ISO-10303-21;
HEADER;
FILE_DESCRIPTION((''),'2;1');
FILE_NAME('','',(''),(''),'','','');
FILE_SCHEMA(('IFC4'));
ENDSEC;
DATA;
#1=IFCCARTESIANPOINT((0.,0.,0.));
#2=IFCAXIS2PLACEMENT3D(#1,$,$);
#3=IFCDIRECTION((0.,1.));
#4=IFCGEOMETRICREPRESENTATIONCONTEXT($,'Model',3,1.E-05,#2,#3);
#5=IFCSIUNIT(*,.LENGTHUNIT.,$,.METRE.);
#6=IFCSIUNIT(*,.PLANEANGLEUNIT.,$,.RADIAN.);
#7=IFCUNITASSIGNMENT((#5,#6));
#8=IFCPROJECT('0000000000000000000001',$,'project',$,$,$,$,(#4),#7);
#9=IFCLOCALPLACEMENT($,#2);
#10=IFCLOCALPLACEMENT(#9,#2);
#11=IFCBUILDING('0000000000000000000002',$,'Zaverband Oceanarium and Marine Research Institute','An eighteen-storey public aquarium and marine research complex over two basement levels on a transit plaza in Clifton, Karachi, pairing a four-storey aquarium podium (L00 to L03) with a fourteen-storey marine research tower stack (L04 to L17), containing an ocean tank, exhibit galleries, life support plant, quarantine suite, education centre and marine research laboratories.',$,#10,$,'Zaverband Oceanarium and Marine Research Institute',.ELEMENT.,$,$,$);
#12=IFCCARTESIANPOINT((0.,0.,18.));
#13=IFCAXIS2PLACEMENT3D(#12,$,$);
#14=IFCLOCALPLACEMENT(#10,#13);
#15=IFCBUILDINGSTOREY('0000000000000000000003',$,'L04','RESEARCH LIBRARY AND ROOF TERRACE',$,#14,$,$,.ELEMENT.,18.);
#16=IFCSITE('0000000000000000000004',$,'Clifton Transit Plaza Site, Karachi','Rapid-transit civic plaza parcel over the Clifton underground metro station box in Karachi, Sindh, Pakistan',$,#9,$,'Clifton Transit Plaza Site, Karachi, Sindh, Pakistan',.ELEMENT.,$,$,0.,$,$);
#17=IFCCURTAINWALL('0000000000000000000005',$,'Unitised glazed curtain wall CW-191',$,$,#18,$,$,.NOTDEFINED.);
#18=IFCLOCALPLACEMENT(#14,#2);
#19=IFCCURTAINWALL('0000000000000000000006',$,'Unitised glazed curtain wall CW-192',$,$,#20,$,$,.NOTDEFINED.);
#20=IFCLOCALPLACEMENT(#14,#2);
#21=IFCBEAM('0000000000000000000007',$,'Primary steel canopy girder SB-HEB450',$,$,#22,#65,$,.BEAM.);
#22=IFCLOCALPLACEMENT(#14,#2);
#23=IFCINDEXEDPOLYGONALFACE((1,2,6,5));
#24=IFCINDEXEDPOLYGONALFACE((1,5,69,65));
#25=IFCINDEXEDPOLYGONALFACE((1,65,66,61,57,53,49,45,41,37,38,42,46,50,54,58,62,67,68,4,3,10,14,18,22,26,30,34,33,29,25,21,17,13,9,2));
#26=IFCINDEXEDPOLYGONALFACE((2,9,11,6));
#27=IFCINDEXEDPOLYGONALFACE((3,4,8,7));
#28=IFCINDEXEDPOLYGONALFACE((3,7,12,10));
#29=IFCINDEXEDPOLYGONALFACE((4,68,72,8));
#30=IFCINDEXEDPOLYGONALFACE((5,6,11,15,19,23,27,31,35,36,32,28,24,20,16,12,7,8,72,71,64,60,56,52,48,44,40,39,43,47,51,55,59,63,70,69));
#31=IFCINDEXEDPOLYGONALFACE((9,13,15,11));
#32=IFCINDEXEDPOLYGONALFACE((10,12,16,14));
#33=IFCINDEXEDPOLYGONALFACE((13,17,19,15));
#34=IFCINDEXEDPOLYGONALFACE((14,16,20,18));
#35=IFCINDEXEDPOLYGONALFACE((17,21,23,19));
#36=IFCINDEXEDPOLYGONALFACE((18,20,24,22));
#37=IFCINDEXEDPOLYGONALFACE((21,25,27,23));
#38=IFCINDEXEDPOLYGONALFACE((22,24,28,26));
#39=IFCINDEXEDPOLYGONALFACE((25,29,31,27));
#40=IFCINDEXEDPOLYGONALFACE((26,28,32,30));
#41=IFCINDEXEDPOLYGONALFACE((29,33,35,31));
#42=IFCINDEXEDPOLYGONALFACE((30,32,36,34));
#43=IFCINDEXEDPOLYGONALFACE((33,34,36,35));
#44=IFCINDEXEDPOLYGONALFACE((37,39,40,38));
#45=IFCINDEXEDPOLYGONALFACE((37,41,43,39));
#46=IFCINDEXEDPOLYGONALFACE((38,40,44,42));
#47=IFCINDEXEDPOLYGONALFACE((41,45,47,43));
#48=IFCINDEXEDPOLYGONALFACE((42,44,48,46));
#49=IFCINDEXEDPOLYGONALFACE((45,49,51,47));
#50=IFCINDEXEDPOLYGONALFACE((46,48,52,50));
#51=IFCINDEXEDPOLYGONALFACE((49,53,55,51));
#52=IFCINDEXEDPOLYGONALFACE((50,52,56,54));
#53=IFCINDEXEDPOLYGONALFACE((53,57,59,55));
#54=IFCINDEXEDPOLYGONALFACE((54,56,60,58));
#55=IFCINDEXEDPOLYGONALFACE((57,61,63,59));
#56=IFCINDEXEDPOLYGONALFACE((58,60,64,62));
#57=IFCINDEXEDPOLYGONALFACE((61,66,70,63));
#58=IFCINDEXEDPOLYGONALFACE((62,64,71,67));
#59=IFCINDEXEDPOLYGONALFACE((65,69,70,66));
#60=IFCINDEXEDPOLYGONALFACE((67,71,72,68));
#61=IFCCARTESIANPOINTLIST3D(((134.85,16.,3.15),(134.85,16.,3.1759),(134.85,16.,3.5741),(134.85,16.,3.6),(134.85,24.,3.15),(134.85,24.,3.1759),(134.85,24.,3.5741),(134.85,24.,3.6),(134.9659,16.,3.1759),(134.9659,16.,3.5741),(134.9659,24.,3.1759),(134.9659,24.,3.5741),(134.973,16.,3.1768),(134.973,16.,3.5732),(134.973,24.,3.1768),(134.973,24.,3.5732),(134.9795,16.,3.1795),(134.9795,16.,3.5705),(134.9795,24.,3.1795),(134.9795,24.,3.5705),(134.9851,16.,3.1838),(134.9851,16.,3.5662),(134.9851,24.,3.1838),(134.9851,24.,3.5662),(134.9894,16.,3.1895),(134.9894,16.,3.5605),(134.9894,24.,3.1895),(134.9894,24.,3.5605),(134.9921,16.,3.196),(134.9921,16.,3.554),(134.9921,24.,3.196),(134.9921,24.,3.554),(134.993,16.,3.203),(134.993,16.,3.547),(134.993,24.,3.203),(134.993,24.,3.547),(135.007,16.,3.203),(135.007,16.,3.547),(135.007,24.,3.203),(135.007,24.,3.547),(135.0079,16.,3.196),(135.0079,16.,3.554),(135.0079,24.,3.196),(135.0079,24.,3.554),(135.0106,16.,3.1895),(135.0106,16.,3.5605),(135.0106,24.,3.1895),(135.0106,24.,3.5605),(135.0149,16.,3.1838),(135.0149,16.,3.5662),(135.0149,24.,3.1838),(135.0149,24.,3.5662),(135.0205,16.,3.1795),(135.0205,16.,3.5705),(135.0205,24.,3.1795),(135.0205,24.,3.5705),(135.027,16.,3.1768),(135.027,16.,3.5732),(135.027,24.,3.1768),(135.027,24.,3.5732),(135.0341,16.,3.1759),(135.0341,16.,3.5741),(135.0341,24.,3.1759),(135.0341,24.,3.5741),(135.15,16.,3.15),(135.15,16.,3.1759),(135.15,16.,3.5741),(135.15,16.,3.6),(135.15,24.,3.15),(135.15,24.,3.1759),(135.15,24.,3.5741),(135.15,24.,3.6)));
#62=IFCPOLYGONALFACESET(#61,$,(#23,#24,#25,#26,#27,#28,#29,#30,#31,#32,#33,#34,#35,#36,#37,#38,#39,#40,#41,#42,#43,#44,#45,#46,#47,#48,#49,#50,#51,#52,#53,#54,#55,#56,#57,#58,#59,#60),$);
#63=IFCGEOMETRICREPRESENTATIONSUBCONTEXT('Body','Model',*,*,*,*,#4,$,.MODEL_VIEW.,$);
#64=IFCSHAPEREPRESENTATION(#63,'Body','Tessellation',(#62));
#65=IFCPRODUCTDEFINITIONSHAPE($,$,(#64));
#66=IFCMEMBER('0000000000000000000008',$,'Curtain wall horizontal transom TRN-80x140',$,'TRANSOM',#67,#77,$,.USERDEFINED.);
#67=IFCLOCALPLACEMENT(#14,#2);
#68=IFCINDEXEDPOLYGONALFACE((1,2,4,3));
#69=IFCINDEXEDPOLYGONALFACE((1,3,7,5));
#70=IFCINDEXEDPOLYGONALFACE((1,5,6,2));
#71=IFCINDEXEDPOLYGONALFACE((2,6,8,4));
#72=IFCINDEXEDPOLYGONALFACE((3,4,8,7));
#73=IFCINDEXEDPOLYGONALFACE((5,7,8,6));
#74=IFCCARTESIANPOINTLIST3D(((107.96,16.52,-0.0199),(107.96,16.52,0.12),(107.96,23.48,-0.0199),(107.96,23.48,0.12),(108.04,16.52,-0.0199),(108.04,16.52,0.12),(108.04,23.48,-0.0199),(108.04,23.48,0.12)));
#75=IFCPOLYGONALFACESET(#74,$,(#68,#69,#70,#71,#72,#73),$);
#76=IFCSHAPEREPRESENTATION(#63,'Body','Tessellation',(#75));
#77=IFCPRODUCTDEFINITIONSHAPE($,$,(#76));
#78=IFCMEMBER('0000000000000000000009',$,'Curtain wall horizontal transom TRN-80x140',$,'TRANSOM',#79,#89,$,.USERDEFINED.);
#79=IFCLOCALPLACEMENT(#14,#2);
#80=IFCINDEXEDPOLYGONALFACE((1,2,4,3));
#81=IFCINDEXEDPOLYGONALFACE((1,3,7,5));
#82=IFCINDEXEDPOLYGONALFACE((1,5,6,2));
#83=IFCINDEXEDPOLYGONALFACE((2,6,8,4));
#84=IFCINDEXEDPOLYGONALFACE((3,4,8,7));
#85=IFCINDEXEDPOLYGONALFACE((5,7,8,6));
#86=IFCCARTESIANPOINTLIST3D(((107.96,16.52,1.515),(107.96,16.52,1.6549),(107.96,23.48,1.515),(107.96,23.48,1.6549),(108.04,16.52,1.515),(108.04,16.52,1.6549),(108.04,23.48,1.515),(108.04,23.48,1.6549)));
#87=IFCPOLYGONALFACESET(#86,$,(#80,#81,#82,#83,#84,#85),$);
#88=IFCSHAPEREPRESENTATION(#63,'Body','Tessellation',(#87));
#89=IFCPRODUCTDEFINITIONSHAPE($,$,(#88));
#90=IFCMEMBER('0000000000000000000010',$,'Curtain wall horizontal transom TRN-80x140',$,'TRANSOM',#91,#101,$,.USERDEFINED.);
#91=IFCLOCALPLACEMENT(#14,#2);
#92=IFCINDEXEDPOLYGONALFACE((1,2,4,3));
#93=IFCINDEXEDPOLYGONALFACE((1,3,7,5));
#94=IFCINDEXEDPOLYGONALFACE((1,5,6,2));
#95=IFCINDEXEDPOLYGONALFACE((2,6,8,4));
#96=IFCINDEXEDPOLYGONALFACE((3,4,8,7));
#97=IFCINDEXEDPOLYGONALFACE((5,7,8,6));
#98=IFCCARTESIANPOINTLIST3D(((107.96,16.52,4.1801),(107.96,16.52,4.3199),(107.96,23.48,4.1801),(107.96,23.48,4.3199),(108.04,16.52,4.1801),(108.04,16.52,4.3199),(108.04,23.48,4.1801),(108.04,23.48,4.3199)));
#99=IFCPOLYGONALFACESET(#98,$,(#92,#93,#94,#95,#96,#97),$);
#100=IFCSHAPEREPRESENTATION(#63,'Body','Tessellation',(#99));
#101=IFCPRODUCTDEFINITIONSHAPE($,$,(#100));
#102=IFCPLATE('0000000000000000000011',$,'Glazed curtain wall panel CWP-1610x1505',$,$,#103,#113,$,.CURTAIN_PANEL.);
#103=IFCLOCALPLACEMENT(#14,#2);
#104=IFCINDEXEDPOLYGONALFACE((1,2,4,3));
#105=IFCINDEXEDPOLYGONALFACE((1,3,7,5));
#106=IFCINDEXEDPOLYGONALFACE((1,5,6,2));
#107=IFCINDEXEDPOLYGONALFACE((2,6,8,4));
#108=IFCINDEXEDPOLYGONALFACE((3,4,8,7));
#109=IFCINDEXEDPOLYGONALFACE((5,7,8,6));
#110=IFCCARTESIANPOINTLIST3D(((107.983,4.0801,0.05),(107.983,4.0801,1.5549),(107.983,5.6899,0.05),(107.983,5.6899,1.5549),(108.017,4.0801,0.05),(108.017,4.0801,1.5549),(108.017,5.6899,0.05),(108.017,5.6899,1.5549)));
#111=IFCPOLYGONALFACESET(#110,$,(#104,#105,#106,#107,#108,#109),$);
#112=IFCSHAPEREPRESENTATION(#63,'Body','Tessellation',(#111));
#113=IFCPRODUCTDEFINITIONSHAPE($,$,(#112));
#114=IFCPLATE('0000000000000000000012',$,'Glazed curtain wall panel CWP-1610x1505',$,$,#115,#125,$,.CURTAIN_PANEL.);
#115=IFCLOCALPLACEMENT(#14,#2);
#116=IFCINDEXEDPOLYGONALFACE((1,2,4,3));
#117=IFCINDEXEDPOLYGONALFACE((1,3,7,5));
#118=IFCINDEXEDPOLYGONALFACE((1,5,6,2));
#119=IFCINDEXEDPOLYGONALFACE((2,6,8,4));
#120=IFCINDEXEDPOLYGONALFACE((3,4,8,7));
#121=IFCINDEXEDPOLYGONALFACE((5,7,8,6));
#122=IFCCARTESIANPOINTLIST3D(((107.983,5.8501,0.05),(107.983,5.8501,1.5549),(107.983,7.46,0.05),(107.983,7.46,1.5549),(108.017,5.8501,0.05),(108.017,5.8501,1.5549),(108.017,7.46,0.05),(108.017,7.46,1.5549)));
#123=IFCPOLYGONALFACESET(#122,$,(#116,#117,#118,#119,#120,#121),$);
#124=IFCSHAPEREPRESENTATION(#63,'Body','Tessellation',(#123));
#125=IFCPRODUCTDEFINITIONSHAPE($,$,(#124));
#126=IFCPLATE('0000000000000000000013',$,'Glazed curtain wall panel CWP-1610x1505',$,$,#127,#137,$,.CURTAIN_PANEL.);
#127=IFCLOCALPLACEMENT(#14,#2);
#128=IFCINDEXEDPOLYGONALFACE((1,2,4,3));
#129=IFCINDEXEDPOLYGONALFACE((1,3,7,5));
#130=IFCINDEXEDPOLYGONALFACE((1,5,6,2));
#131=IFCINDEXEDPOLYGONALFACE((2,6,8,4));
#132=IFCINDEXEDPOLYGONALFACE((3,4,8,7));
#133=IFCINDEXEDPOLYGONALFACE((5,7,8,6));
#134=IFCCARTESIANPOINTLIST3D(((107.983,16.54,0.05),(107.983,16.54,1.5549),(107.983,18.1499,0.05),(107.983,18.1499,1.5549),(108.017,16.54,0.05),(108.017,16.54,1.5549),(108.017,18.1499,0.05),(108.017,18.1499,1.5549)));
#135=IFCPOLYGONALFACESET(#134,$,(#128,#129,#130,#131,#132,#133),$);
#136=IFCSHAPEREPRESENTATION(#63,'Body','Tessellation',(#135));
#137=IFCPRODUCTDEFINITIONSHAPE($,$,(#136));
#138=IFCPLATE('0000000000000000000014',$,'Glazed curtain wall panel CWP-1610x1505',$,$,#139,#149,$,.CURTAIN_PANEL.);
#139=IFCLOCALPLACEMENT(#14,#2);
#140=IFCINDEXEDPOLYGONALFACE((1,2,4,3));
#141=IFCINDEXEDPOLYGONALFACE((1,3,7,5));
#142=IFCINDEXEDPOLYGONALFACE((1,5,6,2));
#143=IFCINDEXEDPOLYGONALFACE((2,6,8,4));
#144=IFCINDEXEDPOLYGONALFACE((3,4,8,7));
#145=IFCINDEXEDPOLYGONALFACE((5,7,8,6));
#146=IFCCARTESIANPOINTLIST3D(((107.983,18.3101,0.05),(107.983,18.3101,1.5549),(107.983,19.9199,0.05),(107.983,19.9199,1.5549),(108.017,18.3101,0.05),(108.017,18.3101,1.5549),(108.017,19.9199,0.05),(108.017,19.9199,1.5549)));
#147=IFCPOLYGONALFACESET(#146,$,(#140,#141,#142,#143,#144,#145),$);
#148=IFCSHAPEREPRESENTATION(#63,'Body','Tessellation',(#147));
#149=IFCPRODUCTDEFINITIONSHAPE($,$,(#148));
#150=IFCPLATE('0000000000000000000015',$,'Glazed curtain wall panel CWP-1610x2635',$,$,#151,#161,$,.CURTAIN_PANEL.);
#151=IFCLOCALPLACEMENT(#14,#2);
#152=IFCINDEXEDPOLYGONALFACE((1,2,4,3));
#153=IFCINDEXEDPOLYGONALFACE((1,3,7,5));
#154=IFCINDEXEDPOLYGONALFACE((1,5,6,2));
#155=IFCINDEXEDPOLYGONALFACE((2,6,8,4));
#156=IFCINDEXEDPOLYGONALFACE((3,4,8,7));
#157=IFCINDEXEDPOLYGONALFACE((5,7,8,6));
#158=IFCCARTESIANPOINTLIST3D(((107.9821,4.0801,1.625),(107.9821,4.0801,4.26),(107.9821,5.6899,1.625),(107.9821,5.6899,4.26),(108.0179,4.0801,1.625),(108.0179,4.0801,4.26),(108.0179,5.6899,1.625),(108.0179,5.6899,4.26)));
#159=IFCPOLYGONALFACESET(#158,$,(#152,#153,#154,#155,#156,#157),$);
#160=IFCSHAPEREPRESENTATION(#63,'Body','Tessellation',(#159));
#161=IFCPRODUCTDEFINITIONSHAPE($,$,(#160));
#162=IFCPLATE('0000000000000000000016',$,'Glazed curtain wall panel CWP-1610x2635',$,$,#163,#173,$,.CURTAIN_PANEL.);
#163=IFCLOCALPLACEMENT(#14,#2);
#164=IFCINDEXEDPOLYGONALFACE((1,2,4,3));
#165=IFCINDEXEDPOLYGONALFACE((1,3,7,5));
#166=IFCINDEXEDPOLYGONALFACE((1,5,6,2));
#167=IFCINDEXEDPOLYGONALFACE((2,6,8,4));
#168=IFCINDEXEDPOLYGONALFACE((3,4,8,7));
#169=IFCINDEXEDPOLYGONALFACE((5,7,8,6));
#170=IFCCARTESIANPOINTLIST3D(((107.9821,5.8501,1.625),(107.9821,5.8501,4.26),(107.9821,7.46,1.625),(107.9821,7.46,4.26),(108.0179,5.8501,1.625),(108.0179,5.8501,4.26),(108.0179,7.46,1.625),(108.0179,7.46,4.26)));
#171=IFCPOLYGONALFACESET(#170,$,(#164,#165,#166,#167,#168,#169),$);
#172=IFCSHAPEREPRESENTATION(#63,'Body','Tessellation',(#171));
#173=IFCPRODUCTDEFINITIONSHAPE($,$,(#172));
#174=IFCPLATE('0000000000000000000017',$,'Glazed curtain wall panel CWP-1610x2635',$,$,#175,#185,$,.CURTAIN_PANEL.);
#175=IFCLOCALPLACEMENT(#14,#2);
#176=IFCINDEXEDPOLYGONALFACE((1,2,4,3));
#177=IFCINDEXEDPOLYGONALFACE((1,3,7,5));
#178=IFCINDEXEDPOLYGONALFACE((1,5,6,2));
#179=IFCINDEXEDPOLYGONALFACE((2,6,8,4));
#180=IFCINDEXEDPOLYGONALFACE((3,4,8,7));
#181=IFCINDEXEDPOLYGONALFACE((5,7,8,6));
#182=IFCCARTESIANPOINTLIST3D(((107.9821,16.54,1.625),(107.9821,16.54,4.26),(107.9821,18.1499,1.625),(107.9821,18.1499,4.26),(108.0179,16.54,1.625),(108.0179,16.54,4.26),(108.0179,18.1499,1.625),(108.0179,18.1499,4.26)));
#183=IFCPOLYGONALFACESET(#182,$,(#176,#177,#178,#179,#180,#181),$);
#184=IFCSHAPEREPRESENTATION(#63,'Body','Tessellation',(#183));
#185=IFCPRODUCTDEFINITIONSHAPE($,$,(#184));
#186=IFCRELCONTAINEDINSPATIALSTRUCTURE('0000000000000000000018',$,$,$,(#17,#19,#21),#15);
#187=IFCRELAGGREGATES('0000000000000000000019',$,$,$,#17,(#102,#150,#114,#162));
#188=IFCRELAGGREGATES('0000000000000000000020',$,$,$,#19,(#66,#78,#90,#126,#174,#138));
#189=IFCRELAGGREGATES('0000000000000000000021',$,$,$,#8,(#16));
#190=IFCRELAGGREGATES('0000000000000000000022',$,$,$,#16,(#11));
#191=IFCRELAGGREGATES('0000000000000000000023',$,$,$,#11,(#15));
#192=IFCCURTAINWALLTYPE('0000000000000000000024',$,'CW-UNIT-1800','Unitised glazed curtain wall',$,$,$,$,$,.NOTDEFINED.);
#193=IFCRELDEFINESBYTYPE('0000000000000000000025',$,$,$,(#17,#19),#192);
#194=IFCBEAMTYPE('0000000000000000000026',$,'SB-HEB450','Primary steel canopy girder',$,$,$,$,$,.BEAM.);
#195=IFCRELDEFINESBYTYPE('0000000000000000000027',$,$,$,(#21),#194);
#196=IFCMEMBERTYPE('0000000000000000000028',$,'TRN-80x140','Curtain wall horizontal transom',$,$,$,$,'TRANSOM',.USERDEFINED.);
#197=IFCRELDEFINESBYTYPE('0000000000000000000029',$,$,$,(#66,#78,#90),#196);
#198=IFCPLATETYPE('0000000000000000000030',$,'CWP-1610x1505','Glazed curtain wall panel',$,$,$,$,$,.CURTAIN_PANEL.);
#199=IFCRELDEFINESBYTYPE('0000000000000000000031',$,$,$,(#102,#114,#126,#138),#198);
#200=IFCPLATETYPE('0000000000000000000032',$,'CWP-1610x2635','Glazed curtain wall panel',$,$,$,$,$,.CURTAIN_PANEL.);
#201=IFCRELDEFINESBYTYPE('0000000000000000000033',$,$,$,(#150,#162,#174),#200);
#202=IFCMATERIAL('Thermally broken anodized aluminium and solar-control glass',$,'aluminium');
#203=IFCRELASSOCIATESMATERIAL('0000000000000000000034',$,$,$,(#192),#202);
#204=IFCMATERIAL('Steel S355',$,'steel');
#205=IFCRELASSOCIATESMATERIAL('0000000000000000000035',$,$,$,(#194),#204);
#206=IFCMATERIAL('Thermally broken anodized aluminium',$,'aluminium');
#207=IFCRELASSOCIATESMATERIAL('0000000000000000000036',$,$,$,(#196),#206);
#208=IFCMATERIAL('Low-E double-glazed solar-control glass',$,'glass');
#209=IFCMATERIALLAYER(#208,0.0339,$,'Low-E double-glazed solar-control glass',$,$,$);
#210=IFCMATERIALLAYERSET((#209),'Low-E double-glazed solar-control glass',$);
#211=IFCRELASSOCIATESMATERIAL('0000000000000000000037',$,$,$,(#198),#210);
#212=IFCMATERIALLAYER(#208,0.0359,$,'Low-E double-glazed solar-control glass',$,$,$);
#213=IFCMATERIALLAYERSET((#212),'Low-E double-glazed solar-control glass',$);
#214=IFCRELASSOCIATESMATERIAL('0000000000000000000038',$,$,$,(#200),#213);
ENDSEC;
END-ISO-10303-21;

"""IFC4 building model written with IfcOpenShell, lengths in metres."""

from ifc_helpers import new_model, si_unit, direction, frame, frame_2d, origin, origin_2d, place, context, subcontext, project, spatial, rectangle, i_section, extrude, material, layer, layer_set, material_profile, profile_set, type_object, element, aggregate, save


model = new_model("IFC4")

# Units and contexts
model_context = context("Model", 3, precision=1e-05, world=origin(), true_north=direction((0.0, 1.0)))
body_context = subcontext(model_context, "Body", "Model", "MODEL_VIEW")
ifc_project = project(units=[si_unit("LENGTHUNIT", "METRE"), si_unit("PLANEANGLEUNIT", "RADIAN")], contexts=[model_context])

# Site, building, storey
site_placement = place(None, origin())
site = spatial("IfcSite", under=ifc_project, at=site_placement, Name="Clifton Transit Plaza Site, Karachi", Description="Rapid-transit civic plaza parcel over the Clifton underground metro station box in Karachi, Sindh, Pakistan", LongName="Clifton Transit Plaza Site, Karachi, Sindh, Pakistan", CompositionType="ELEMENT", RefElevation=0.0)
building_placement = place(site_placement, origin())
building = spatial("IfcBuilding", under=site, at=building_placement, Name="Zaverband Oceanarium and Marine Research Institute", Description="An eighteen-storey public aquarium and marine research complex over two basement levels on a transit plaza in Clifton, Karachi, pairing a four-storey aquarium podium (L00 to L03) with a fourteen-storey marine research tower stack (L04 to L17), containing an ocean tank, exhibit galleries, life support plant, quarantine suite, education centre and marine research laboratories.", LongName="Zaverband Oceanarium and Marine Research Institute", CompositionType="ELEMENT")
storey_placement = place(building_placement, frame((0.0, 0.0, 18.0)))
storey = spatial("IfcBuildingStorey", under=building, at=storey_placement, Name="L04", Description="RESEARCH LIBRARY AND ROOF TERRACE", CompositionType="ELEMENT", Elevation=18.0)

# Curtain walls
ifc_material_1 = material(Name="Thermally broken anodized aluminium and solar-control glass", Category="aluminium")
curtain_wall_type = type_object("IfcCurtainWallType", Name="CW-UNIT-1800", Description="Unitised glazed curtain wall", PredefinedType="NOTDEFINED", material=ifc_material_1)
curtain_wall_1_placement = place(storey_placement, origin())
curtain_wall_1 = element("IfcCurtainWall", 1, at=curtain_wall_1_placement, inside=storey, type_object=curtain_wall_type, Name="Unitised glazed curtain wall CW-191", PredefinedType="NOTDEFINED")
ifc_material_2 = material(Name="Thermally broken anodized aluminium", Category="aluminium")
curtain_wall_2_placement = place(storey_placement, origin())
curtain_wall_2 = element("IfcCurtainWall", 2, at=curtain_wall_2_placement, inside=storey, type_object=curtain_wall_type, Name="Unitised glazed curtain wall CW-192", PredefinedType="NOTDEFINED")

# Beam
ifc_material_3 = material(Name="Steel S355", Category="steel")
ifc_material_profile_1 = material_profile(ifc_material_3, i_section(OverallWidth=0.3, OverallDepth=0.45, WebThickness=0.0139, FlangeThickness=0.0259, FilletRadius=0.0271, at=origin_2d()), Name="HEB450")
ifc_profile_set_1 = profile_set([ifc_material_profile_1], Name="Steel S355")
beam_type = type_object("IfcBeamType", Name="SB-HEB450", Description="Primary steel canopy girder", PredefinedType="BEAM", material=ifc_profile_set_1)
for number, where, z_axis, x_axis, name in (
    (3, (135.0, 16.0, 3.375), (0.0, 1.0, 0.0), (-1.0, 0.0, 0.0), "Primary steel canopy girder SB-HEB450"),
):
    element("IfcBeam", number, at=place(storey_placement, frame(where, z_axis=z_axis, x_axis=x_axis)), inside=storey, type_object=beam_type, Name=name, PredefinedType="BEAM", context=body_context, shape_type="SweptSolid", body=[
        extrude(i_section(OverallWidth=0.3, OverallDepth=0.45, WebThickness=0.0139, FlangeThickness=0.0259, FilletRadius=0.0271, at=origin_2d()), origin(), (0.0, 0.0, 1.0), 8.0),
    ])

# Members
ifc_material_profile_2 = material_profile(ifc_material_2, rectangle(XDim=0.0801, YDim=0.1399, at=origin_2d()), Name="AL-TRN-80x140")
ifc_profile_set_2 = profile_set([ifc_material_profile_2], Name="Thermally broken anodized aluminium")
member_type_1 = type_object("IfcMemberType", Name="TRN-80x140", Description="Curtain wall horizontal transom", ElementType="TRANSOM", PredefinedType="USERDEFINED", material=ifc_profile_set_2)
member_1_placement = place(storey_placement, frame((108.0, 16.52, 0.05), z_axis=(0.0, 1.0, 0.0), x_axis=(-1.0, 0.0, 0.0)))
member_1 = element("IfcMember", 4, at=member_1_placement, type_object=member_type_1, Name="Curtain wall horizontal transom TRN-80x140", ObjectType="TRANSOM", PredefinedType="USERDEFINED", context=body_context, shape_type="SweptSolid", body=[
    extrude(rectangle(XDim=0.0801, YDim=0.1399, at=origin_2d()), origin(), (0.0, 0.0, 1.0), 6.96),
])
member_2_placement = place(storey_placement, frame((108.0, 16.52, 1.585), z_axis=(0.0, 1.0, 0.0), x_axis=(-1.0, 0.0, 0.0)))
member_2 = element("IfcMember", 5, at=member_2_placement, type_object=member_type_1, Name="Curtain wall horizontal transom TRN-80x140", ObjectType="TRANSOM", PredefinedType="USERDEFINED", context=body_context, shape_type="SweptSolid", body=[
    extrude(rectangle(XDim=0.0801, YDim=0.1399, at=origin_2d()), origin(), (0.0, 0.0, 1.0), 6.96),
])
member_3_placement = place(storey_placement, frame((108.0, 16.52, 4.25), z_axis=(0.0, 1.0, 0.0), x_axis=(-1.0, 0.0, 0.0)))
member_3 = element("IfcMember", 6, at=member_3_placement, type_object=member_type_1, Name="Curtain wall horizontal transom TRN-80x140", ObjectType="TRANSOM", PredefinedType="USERDEFINED", context=body_context, shape_type="SweptSolid", body=[
    extrude(rectangle(XDim=0.0801, YDim=0.1399, at=origin_2d()), origin(), (0.0, 0.0, 1.0), 6.96),
])

# Plates
ifc_material_4 = material(Name="Low-E double-glazed solar-control glass", Category="glass")
ifc_layer_1 = layer(ifc_material_4, 0.0339, Name="Low-E double-glazed solar-control glass")
ifc_layer_set_1 = layer_set([ifc_layer_1], Name="Low-E double-glazed solar-control glass")
plate_type_1 = type_object("IfcPlateType", Name="CWP-1610x1505", Description="Glazed curtain wall panel", PredefinedType="CURTAIN_PANEL", material=ifc_layer_set_1)
plate_1_placement = place(storey_placement, frame((108.0, 4.0801, 0.05), z_axis=(0.0, 0.0, 1.0), x_axis=(0.0, 1.0, 0.0)))
plate_1 = element("IfcPlate", 7, at=plate_1_placement, type_object=plate_type_1, Name="Glazed curtain wall panel CWP-1610x1505", PredefinedType="CURTAIN_PANEL", context=body_context, shape_type="SweptSolid", body=[
    extrude(rectangle(XDim=1.6099, YDim=0.0339, at=frame_2d((0.8049, 0.0))), origin(), (0.0, 0.0, 1.0), 1.5049),
])
plate_2_placement = place(storey_placement, frame((108.0, 5.8501, 0.05), z_axis=(0.0, 0.0, 1.0), x_axis=(0.0, 1.0, 0.0)))
plate_2 = element("IfcPlate", 8, at=plate_2_placement, type_object=plate_type_1, Name="Glazed curtain wall panel CWP-1610x1505", PredefinedType="CURTAIN_PANEL", context=body_context, shape_type="SweptSolid", body=[
    extrude(rectangle(XDim=1.6099, YDim=0.0339, at=frame_2d((0.8049, 0.0))), origin(), (0.0, 0.0, 1.0), 1.5049),
])
plate_3_placement = place(storey_placement, frame((108.0, 16.54, 0.05), z_axis=(0.0, 0.0, 1.0), x_axis=(0.0, 1.0, 0.0)))
plate_3 = element("IfcPlate", 9, at=plate_3_placement, type_object=plate_type_1, Name="Glazed curtain wall panel CWP-1610x1505", PredefinedType="CURTAIN_PANEL", context=body_context, shape_type="SweptSolid", body=[
    extrude(rectangle(XDim=1.6099, YDim=0.0339, at=frame_2d((0.8049, 0.0))), origin(), (0.0, 0.0, 1.0), 1.5049),
])
plate_4_placement = place(storey_placement, frame((108.0, 18.3101, 0.05), z_axis=(0.0, 0.0, 1.0), x_axis=(0.0, 1.0, 0.0)))
plate_4 = element("IfcPlate", 10, at=plate_4_placement, type_object=plate_type_1, Name="Glazed curtain wall panel CWP-1610x1505", PredefinedType="CURTAIN_PANEL", context=body_context, shape_type="SweptSolid", body=[
    extrude(rectangle(XDim=1.6099, YDim=0.0339, at=frame_2d((0.8049, 0.0))), origin(), (0.0, 0.0, 1.0), 1.5049),
])
ifc_layer_2 = layer(ifc_material_4, 0.0359, Name="Low-E double-glazed solar-control glass")
ifc_layer_set_2 = layer_set([ifc_layer_2], Name="Low-E double-glazed solar-control glass")
plate_type_2 = type_object("IfcPlateType", Name="CWP-1610x2635", Description="Glazed curtain wall panel", PredefinedType="CURTAIN_PANEL", material=ifc_layer_set_2)
plate_5_placement = place(storey_placement, frame((108.0, 4.0801, 1.625), z_axis=(0.0, 0.0, 1.0), x_axis=(0.0, 1.0, 0.0)))
plate_5 = element("IfcPlate", 11, at=plate_5_placement, type_object=plate_type_2, Name="Glazed curtain wall panel CWP-1610x2635", PredefinedType="CURTAIN_PANEL", context=body_context, shape_type="SweptSolid", body=[
    extrude(rectangle(XDim=1.6099, YDim=0.0359, at=frame_2d((0.8049, 0.0))), origin(), (0.0, 0.0, 1.0), 2.635),
])
plate_6_placement = place(storey_placement, frame((108.0, 5.8501, 1.625), z_axis=(0.0, 0.0, 1.0), x_axis=(0.0, 1.0, 0.0)))
plate_6 = element("IfcPlate", 12, at=plate_6_placement, type_object=plate_type_2, Name="Glazed curtain wall panel CWP-1610x2635", PredefinedType="CURTAIN_PANEL", context=body_context, shape_type="SweptSolid", body=[
    extrude(rectangle(XDim=1.6099, YDim=0.0359, at=frame_2d((0.8049, 0.0))), origin(), (0.0, 0.0, 1.0), 2.635),
])
aggregate(curtain_wall_1, [plate_1, plate_5, plate_2, plate_6])
plate_7_placement = place(storey_placement, frame((108.0, 16.54, 1.625), z_axis=(0.0, 0.0, 1.0), x_axis=(0.0, 1.0, 0.0)))
plate_7 = element("IfcPlate", 13, at=plate_7_placement, type_object=plate_type_2, Name="Glazed curtain wall panel CWP-1610x2635", PredefinedType="CURTAIN_PANEL", context=body_context, shape_type="SweptSolid", body=[
    extrude(rectangle(XDim=1.6099, YDim=0.0359, at=frame_2d((0.8049, 0.0))), origin(), (0.0, 0.0, 1.0), 2.635),
])
aggregate(curtain_wall_2, [member_1, member_2, member_3, plate_3, plate_7, plate_4])

save(model, "model.ifc")
